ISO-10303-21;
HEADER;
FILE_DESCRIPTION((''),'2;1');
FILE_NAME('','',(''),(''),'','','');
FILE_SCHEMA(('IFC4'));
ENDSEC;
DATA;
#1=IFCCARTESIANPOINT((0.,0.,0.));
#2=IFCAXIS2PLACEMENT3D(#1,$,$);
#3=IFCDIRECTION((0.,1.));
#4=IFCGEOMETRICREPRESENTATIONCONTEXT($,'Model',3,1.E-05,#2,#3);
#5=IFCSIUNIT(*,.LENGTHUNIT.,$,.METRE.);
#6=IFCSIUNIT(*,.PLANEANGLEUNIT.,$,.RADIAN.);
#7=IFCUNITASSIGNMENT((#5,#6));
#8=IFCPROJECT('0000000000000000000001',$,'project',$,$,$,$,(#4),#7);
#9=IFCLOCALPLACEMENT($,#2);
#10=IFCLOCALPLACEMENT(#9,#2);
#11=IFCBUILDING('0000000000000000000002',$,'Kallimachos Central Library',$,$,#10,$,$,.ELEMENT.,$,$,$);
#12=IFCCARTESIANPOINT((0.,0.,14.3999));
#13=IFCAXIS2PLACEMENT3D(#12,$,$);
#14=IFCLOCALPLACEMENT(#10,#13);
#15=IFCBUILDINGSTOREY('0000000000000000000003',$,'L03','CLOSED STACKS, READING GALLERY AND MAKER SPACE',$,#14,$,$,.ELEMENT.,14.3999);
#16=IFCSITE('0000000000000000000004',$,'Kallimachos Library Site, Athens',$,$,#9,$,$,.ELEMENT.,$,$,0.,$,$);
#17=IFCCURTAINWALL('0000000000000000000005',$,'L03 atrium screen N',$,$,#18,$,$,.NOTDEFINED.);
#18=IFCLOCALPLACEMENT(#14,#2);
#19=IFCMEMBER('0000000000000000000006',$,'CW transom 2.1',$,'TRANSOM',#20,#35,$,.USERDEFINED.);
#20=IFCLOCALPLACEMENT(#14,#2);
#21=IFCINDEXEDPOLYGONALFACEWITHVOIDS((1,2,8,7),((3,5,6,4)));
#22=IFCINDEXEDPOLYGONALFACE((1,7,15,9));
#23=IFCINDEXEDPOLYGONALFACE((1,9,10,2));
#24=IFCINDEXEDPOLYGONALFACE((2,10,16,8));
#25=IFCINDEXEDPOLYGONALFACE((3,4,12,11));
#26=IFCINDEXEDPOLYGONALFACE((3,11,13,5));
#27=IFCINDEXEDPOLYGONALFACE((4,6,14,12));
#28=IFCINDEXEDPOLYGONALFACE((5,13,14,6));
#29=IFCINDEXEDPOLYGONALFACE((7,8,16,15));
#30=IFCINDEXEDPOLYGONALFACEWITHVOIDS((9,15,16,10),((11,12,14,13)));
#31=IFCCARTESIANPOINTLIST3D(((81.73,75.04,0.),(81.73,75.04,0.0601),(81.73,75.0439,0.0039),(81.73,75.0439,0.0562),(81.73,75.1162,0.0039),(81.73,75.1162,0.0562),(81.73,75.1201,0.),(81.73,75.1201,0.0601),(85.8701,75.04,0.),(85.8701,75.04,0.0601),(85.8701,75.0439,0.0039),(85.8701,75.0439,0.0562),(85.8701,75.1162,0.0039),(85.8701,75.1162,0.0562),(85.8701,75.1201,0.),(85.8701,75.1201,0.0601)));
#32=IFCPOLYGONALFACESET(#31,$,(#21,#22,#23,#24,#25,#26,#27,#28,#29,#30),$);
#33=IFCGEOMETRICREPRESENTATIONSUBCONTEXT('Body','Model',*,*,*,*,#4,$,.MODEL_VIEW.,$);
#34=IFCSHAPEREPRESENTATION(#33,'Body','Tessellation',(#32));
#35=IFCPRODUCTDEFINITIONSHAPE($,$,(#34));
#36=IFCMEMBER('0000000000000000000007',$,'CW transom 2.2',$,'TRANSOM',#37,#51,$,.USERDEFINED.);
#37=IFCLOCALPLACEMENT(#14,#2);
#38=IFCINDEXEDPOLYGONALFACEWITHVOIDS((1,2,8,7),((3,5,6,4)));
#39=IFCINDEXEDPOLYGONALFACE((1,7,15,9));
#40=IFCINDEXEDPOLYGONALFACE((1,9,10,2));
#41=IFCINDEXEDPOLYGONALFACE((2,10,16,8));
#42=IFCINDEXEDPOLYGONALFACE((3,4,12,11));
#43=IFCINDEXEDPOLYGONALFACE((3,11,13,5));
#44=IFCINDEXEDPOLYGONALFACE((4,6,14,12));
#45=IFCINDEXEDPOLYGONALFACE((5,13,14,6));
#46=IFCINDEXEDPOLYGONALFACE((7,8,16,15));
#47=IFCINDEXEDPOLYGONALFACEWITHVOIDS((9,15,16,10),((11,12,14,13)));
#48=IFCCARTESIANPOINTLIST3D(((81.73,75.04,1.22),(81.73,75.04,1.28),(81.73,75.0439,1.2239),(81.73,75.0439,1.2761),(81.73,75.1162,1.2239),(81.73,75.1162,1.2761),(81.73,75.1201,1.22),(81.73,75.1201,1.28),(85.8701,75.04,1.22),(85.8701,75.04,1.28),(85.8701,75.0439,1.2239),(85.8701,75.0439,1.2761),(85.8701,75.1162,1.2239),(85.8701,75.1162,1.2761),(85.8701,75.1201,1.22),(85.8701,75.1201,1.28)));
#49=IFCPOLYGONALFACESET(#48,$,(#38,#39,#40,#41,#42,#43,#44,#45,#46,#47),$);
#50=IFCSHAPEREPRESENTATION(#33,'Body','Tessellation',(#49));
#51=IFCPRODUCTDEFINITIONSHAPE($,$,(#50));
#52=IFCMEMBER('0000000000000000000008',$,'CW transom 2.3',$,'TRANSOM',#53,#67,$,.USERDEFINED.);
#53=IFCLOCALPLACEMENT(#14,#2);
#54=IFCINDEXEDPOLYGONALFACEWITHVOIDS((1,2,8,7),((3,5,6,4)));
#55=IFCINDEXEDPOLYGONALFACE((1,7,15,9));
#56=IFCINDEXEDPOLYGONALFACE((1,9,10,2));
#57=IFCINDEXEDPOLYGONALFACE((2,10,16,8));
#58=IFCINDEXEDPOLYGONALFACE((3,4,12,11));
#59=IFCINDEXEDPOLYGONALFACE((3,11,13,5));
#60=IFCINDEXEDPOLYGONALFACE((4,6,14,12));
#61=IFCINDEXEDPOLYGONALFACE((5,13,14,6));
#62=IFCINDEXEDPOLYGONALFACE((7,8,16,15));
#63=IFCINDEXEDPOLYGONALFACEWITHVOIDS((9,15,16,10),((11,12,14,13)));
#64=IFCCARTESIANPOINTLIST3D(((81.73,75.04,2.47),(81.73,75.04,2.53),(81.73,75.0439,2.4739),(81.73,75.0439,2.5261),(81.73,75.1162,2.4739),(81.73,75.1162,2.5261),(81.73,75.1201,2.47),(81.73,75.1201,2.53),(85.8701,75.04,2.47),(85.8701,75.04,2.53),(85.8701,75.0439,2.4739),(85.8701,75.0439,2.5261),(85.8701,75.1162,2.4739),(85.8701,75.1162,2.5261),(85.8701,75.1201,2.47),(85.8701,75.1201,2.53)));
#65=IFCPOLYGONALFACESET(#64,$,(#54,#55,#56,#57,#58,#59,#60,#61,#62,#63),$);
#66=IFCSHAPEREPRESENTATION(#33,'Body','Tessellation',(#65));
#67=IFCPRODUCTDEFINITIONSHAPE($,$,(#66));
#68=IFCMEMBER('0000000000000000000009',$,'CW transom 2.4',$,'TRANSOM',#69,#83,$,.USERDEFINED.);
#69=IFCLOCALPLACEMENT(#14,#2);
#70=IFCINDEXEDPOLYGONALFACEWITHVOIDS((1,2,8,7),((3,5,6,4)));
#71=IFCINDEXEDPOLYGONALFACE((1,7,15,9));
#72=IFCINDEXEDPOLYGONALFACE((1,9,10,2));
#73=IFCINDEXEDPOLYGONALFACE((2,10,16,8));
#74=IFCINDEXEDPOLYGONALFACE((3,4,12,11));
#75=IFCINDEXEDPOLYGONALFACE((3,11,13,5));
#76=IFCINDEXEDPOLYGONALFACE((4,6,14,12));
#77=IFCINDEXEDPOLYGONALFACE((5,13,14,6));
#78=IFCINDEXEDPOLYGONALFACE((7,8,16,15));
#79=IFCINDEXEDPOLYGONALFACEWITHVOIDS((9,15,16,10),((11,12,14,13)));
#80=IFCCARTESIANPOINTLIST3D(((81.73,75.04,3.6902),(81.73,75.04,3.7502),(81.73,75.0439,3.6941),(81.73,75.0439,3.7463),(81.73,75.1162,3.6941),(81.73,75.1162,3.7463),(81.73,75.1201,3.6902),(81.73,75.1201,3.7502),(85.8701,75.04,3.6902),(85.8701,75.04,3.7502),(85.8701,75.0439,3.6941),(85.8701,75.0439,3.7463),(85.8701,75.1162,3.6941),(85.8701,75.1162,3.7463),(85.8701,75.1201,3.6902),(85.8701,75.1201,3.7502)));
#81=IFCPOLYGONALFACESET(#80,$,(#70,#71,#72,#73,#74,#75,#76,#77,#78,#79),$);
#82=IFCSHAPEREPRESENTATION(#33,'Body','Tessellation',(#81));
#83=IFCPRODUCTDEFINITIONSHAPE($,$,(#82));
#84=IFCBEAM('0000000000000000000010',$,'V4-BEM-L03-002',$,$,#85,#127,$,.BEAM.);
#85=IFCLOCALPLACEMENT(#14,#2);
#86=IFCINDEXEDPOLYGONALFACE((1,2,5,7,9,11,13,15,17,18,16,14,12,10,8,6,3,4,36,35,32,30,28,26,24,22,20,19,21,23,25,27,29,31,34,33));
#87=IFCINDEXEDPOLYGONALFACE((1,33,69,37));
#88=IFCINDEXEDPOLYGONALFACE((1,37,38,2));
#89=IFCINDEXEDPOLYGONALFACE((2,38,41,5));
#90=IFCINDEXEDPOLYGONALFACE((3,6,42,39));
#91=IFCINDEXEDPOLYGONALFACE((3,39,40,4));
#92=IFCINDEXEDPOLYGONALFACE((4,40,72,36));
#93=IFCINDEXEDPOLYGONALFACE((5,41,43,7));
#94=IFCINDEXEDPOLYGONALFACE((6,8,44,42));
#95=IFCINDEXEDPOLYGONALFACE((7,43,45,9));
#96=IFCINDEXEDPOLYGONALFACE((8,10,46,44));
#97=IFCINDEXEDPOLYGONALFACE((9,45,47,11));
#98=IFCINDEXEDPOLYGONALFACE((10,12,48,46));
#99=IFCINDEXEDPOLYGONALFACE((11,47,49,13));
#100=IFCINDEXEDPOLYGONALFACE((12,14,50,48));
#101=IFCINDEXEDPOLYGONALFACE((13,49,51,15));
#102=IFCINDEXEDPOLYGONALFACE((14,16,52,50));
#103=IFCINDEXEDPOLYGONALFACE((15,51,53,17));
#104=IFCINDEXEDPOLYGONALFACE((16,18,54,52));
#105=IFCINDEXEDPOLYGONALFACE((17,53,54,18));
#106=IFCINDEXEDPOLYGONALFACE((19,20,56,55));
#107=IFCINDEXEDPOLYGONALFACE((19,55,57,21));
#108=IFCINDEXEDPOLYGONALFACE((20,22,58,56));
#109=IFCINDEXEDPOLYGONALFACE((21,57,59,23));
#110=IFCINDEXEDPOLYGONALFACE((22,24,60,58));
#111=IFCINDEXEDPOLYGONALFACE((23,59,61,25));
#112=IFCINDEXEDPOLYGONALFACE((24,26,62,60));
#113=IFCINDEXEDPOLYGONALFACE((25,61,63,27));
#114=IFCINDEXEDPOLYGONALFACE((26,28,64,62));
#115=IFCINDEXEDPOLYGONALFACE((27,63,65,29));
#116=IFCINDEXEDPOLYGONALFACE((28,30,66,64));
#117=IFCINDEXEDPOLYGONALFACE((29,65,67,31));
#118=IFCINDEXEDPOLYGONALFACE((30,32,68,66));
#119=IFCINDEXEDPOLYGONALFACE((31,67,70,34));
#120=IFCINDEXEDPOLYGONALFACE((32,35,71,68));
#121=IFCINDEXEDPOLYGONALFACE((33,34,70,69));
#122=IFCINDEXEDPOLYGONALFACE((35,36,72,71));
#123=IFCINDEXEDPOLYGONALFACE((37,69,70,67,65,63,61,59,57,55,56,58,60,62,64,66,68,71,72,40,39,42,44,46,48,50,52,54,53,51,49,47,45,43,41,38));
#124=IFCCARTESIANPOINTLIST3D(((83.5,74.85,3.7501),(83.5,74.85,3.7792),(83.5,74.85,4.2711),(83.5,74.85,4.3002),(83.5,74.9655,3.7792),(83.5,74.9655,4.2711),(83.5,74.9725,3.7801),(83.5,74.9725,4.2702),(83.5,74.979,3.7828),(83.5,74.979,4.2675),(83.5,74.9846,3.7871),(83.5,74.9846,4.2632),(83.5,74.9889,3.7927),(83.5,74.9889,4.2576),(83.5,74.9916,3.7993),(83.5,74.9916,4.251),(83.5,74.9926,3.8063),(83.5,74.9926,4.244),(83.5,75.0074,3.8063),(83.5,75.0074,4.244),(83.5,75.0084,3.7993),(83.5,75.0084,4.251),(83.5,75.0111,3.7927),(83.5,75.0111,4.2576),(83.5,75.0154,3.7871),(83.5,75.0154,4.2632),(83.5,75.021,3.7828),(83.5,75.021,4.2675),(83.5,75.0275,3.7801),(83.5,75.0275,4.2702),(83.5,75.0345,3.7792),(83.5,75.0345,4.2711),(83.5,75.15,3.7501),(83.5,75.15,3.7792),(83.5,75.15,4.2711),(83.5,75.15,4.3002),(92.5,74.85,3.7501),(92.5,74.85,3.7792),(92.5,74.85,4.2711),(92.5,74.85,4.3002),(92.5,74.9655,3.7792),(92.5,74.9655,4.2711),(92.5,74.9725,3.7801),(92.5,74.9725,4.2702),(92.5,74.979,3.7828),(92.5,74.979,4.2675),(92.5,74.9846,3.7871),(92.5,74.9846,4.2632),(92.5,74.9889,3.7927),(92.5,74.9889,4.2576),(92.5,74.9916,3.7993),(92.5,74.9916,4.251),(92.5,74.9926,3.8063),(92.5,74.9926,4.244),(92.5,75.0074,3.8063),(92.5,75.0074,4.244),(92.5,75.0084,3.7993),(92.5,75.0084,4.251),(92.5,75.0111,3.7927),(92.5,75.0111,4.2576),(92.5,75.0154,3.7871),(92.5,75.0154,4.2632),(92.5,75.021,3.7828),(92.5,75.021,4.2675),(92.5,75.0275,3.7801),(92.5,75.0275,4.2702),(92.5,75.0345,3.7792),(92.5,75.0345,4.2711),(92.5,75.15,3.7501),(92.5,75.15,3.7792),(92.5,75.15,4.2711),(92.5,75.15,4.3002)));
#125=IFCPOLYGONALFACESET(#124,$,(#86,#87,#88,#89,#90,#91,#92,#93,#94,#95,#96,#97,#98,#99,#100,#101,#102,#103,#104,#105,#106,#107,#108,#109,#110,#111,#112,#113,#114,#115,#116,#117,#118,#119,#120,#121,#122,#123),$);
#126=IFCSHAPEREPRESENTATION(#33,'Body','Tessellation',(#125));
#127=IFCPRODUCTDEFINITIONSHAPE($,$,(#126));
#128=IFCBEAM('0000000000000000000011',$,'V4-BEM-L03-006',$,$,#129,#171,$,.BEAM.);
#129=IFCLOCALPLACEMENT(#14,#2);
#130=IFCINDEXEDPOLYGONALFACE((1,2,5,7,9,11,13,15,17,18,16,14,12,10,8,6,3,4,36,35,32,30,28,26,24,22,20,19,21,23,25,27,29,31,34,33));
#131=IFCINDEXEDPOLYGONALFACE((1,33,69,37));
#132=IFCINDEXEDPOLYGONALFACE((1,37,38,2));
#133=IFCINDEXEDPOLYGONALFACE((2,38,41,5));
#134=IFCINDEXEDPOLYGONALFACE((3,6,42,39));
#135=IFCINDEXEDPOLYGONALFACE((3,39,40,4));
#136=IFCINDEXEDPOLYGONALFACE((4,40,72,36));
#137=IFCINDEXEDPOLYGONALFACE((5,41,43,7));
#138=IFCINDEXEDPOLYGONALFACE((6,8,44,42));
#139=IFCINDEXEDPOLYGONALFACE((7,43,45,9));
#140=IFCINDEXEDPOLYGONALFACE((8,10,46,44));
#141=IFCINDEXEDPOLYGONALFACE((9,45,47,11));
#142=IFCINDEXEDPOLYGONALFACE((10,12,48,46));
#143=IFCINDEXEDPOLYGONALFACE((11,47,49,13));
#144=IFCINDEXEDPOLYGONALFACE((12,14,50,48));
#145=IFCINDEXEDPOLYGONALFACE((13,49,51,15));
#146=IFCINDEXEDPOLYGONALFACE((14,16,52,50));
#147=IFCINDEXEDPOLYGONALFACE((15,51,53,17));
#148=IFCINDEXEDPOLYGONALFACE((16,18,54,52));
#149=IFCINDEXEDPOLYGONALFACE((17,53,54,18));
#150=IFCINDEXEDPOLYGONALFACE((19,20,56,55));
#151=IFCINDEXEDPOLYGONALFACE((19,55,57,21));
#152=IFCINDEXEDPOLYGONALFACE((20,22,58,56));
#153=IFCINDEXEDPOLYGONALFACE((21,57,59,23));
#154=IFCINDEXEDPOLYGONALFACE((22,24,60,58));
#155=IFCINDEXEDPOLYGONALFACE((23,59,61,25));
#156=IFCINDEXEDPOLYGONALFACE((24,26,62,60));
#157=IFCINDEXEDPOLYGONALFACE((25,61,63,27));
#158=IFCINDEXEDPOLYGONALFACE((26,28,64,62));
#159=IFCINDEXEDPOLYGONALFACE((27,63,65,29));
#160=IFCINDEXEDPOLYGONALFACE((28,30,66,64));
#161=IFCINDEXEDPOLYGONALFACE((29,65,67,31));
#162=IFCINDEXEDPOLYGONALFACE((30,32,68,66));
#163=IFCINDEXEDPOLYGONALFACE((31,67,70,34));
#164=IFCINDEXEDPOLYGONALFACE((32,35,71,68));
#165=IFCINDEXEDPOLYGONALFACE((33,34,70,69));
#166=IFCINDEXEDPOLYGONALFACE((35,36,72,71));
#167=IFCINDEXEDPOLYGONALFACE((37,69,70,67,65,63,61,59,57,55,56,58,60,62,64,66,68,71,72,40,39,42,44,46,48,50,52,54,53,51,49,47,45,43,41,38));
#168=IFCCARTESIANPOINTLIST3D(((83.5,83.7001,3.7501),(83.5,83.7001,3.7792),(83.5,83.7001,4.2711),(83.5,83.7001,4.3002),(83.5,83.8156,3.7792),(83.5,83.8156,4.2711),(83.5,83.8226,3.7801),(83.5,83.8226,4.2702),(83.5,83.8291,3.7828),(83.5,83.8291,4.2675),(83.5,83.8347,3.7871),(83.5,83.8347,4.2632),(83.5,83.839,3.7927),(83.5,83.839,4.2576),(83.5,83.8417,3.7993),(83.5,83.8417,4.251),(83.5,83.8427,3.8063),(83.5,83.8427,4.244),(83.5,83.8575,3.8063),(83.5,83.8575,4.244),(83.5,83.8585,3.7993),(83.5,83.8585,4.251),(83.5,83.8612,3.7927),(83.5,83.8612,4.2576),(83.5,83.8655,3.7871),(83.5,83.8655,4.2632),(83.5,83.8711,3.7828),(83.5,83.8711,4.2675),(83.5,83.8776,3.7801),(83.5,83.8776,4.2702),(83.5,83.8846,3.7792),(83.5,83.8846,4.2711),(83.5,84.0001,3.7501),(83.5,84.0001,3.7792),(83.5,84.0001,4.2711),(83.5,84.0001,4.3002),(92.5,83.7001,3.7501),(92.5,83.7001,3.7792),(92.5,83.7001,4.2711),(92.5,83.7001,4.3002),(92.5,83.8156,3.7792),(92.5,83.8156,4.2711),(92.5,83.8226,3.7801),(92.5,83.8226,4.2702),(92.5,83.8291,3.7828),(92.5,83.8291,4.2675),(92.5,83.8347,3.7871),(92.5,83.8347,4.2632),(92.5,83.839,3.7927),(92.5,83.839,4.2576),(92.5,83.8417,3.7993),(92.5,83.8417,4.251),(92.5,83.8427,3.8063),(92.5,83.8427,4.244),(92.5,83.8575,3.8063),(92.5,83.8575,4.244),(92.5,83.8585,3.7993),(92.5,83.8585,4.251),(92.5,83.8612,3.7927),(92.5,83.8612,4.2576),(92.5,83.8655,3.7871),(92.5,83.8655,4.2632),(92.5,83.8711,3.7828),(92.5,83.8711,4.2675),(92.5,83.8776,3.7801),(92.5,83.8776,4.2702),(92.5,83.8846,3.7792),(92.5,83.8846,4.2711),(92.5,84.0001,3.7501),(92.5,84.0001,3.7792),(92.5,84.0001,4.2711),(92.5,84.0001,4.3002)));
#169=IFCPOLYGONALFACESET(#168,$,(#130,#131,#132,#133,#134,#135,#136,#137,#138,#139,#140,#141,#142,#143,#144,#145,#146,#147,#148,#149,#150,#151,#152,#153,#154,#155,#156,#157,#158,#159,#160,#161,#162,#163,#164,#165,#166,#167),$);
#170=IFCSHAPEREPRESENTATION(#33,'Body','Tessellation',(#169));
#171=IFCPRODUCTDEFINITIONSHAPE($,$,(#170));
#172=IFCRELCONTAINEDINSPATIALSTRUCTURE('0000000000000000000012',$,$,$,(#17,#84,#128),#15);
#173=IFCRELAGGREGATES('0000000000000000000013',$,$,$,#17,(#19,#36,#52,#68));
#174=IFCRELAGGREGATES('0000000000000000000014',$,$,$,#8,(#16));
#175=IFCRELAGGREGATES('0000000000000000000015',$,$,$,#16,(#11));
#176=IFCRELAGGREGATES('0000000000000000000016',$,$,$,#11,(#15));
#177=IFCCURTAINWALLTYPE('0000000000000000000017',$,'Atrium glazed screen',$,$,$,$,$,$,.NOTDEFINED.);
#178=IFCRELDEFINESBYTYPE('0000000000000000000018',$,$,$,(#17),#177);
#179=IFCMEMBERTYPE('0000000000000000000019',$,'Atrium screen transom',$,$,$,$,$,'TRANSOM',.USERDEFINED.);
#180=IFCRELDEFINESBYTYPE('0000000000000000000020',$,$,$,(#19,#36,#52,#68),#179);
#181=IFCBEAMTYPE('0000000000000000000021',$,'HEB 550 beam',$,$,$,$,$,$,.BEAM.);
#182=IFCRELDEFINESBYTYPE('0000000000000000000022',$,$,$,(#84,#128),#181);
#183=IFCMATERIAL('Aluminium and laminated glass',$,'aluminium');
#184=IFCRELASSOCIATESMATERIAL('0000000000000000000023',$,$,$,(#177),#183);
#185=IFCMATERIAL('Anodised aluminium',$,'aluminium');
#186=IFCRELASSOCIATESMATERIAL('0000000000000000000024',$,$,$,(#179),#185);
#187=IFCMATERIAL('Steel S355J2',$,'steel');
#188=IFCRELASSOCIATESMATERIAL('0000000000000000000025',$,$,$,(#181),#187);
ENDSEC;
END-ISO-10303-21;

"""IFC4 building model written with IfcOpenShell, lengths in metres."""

from ifc_helpers import new_model, si_unit, direction, frame, origin, origin_2d, place, context, subcontext, project, spatial, hollow_rectangle, i_section, extrude, material, material_profile, profile_set, type_object, element, aggregate, save


model = new_model("IFC4")

# Units and contexts
model_context = context("Model", 3, precision=1e-05, world=origin(), true_north=direction((0.0, 1.0)))
body_context = subcontext(model_context, "Body", "Model", "MODEL_VIEW")
ifc_project = project(units=[si_unit("LENGTHUNIT", "METRE"), si_unit("PLANEANGLEUNIT", "RADIAN")], contexts=[model_context])

# Site, building, storey
site_placement = place(None, origin())
site = spatial("IfcSite", under=ifc_project, at=site_placement, Name="Kallimachos Library Site, Athens", CompositionType="ELEMENT", RefElevation=0.0)
building_placement = place(site_placement, origin())
building = spatial("IfcBuilding", under=site, at=building_placement, Name="Kallimachos Central Library", CompositionType="ELEMENT")
storey_placement = place(building_placement, frame((0.0, 0.0, 14.3999)))
storey = spatial("IfcBuildingStorey", under=building, at=storey_placement, Name="L03", Description="CLOSED STACKS, READING GALLERY AND MAKER SPACE", CompositionType="ELEMENT", Elevation=14.3999)

# Curtain wall, members
ifc_material_1 = material(Name="Aluminium and laminated glass", Category="aluminium")
curtain_wall_type_1 = type_object("IfcCurtainWallType", Name="Atrium glazed screen", PredefinedType="NOTDEFINED", material=ifc_material_1)
curtain_wall_1_placement = place(storey_placement, origin())
curtain_wall_1 = element("IfcCurtainWall", 1, at=curtain_wall_1_placement, inside=storey, type_object=curtain_wall_type_1, Name="L03 atrium screen N", PredefinedType="NOTDEFINED")
ifc_material_2 = material(Name="Anodised aluminium", Category="aluminium")
ifc_material_profile_1 = material_profile(ifc_material_2, hollow_rectangle(XDim=0.0601, YDim=0.0801, WallThickness=0.0039, at=origin_2d()), Name="ALU TRANSOM 60x80")
ifc_profile_set_1 = profile_set([ifc_material_profile_1], Name="Anodised aluminium")
member_type_1 = type_object("IfcMemberType", Name="Atrium screen transom", ElementType="TRANSOM", PredefinedType="USERDEFINED", material=ifc_profile_set_1)
member_1_placement = place(storey_placement, frame((81.73, 75.0801, 0.03), z_axis=(1.0, 0.0, 0.0), x_axis=(0.0, 0.0, 1.0)))
member_1 = element("IfcMember", 2, at=member_1_placement, type_object=member_type_1, Name="CW transom 2.1", ObjectType="TRANSOM", PredefinedType="USERDEFINED", context=body_context, shape_type="SweptSolid", body=[
    extrude(hollow_rectangle(XDim=0.0601, YDim=0.0801, WallThickness=0.0039, at=origin_2d()), origin(), (0.0, 0.0, 1.0), 4.1401),
])
member_2_placement = place(storey_placement, frame((81.73, 75.0801, 1.25), z_axis=(1.0, 0.0, 0.0), x_axis=(0.0, 0.0, 1.0)))
member_2 = element("IfcMember", 3, at=member_2_placement, type_object=member_type_1, Name="CW transom 2.2", ObjectType="TRANSOM", PredefinedType="USERDEFINED", context=body_context, shape_type="SweptSolid", body=[
    extrude(hollow_rectangle(XDim=0.0601, YDim=0.0801, WallThickness=0.0039, at=origin_2d()), origin(), (0.0, 0.0, 1.0), 4.1401),
])
member_3_placement = place(storey_placement, frame((81.73, 75.0801, 2.5), z_axis=(1.0, 0.0, 0.0), x_axis=(0.0, 0.0, 1.0)))
member_3 = element("IfcMember", 4, at=member_3_placement, type_object=member_type_1, Name="CW transom 2.3", ObjectType="TRANSOM", PredefinedType="USERDEFINED", context=body_context, shape_type="SweptSolid", body=[
    extrude(hollow_rectangle(XDim=0.0601, YDim=0.0801, WallThickness=0.0039, at=origin_2d()), origin(), (0.0, 0.0, 1.0), 4.1401),
])
member_4_placement = place(storey_placement, frame((81.73, 75.0801, 3.7202), z_axis=(1.0, 0.0, 0.0), x_axis=(0.0, 0.0, 1.0)))
member_4 = element("IfcMember", 5, at=member_4_placement, type_object=member_type_1, Name="CW transom 2.4", ObjectType="TRANSOM", PredefinedType="USERDEFINED", context=body_context, shape_type="SweptSolid", body=[
    extrude(hollow_rectangle(XDim=0.0601, YDim=0.0801, WallThickness=0.0039, at=origin_2d()), origin(), (0.0, 0.0, 1.0), 4.1401),
])

# Beams
ifc_material_3 = material(Name="Steel S355J2", Category="steel")
ifc_material_profile_2 = material_profile(ifc_material_3, i_section(OverallWidth=0.3, OverallDepth=0.55, WebThickness=0.0149, FlangeThickness=0.0291, FilletRadius=0.0271, at=origin_2d()), Name="HEB 550")
ifc_profile_set_2 = profile_set([ifc_material_profile_2], Name="Steel S355J2")
beam_type_1 = type_object("IfcBeamType", Name="HEB 550 beam", PredefinedType="BEAM", material=ifc_profile_set_2)
for number, where, z_axis, x_axis, name in (
    (6, (83.5, 75.0, 4.0251), (1.0, 0.0, 0.0), (0.0, 1.0, 0.0), "V4-BEM-L03-002"),
    (7, (83.5, 83.8501, 4.0251), (1.0, 0.0, 0.0), (0.0, 1.0, 0.0), "V4-BEM-L03-006"),
):
    element("IfcBeam", number, at=place(storey_placement, frame(where, z_axis=z_axis, x_axis=x_axis)), inside=storey, type_object=beam_type_1, Name=name, PredefinedType="BEAM", context=body_context, shape_type="SweptSolid", body=[
        extrude(i_section(OverallWidth=0.3, OverallDepth=0.55, WebThickness=0.0149, FlangeThickness=0.0291, FilletRadius=0.0271, at=origin_2d()), origin(), (0.0, 0.0, 1.0), 9.0),
    ])

aggregate(curtain_wall_1, [member_1, member_2, member_3, member_4])

save(model, "model.ifc")
